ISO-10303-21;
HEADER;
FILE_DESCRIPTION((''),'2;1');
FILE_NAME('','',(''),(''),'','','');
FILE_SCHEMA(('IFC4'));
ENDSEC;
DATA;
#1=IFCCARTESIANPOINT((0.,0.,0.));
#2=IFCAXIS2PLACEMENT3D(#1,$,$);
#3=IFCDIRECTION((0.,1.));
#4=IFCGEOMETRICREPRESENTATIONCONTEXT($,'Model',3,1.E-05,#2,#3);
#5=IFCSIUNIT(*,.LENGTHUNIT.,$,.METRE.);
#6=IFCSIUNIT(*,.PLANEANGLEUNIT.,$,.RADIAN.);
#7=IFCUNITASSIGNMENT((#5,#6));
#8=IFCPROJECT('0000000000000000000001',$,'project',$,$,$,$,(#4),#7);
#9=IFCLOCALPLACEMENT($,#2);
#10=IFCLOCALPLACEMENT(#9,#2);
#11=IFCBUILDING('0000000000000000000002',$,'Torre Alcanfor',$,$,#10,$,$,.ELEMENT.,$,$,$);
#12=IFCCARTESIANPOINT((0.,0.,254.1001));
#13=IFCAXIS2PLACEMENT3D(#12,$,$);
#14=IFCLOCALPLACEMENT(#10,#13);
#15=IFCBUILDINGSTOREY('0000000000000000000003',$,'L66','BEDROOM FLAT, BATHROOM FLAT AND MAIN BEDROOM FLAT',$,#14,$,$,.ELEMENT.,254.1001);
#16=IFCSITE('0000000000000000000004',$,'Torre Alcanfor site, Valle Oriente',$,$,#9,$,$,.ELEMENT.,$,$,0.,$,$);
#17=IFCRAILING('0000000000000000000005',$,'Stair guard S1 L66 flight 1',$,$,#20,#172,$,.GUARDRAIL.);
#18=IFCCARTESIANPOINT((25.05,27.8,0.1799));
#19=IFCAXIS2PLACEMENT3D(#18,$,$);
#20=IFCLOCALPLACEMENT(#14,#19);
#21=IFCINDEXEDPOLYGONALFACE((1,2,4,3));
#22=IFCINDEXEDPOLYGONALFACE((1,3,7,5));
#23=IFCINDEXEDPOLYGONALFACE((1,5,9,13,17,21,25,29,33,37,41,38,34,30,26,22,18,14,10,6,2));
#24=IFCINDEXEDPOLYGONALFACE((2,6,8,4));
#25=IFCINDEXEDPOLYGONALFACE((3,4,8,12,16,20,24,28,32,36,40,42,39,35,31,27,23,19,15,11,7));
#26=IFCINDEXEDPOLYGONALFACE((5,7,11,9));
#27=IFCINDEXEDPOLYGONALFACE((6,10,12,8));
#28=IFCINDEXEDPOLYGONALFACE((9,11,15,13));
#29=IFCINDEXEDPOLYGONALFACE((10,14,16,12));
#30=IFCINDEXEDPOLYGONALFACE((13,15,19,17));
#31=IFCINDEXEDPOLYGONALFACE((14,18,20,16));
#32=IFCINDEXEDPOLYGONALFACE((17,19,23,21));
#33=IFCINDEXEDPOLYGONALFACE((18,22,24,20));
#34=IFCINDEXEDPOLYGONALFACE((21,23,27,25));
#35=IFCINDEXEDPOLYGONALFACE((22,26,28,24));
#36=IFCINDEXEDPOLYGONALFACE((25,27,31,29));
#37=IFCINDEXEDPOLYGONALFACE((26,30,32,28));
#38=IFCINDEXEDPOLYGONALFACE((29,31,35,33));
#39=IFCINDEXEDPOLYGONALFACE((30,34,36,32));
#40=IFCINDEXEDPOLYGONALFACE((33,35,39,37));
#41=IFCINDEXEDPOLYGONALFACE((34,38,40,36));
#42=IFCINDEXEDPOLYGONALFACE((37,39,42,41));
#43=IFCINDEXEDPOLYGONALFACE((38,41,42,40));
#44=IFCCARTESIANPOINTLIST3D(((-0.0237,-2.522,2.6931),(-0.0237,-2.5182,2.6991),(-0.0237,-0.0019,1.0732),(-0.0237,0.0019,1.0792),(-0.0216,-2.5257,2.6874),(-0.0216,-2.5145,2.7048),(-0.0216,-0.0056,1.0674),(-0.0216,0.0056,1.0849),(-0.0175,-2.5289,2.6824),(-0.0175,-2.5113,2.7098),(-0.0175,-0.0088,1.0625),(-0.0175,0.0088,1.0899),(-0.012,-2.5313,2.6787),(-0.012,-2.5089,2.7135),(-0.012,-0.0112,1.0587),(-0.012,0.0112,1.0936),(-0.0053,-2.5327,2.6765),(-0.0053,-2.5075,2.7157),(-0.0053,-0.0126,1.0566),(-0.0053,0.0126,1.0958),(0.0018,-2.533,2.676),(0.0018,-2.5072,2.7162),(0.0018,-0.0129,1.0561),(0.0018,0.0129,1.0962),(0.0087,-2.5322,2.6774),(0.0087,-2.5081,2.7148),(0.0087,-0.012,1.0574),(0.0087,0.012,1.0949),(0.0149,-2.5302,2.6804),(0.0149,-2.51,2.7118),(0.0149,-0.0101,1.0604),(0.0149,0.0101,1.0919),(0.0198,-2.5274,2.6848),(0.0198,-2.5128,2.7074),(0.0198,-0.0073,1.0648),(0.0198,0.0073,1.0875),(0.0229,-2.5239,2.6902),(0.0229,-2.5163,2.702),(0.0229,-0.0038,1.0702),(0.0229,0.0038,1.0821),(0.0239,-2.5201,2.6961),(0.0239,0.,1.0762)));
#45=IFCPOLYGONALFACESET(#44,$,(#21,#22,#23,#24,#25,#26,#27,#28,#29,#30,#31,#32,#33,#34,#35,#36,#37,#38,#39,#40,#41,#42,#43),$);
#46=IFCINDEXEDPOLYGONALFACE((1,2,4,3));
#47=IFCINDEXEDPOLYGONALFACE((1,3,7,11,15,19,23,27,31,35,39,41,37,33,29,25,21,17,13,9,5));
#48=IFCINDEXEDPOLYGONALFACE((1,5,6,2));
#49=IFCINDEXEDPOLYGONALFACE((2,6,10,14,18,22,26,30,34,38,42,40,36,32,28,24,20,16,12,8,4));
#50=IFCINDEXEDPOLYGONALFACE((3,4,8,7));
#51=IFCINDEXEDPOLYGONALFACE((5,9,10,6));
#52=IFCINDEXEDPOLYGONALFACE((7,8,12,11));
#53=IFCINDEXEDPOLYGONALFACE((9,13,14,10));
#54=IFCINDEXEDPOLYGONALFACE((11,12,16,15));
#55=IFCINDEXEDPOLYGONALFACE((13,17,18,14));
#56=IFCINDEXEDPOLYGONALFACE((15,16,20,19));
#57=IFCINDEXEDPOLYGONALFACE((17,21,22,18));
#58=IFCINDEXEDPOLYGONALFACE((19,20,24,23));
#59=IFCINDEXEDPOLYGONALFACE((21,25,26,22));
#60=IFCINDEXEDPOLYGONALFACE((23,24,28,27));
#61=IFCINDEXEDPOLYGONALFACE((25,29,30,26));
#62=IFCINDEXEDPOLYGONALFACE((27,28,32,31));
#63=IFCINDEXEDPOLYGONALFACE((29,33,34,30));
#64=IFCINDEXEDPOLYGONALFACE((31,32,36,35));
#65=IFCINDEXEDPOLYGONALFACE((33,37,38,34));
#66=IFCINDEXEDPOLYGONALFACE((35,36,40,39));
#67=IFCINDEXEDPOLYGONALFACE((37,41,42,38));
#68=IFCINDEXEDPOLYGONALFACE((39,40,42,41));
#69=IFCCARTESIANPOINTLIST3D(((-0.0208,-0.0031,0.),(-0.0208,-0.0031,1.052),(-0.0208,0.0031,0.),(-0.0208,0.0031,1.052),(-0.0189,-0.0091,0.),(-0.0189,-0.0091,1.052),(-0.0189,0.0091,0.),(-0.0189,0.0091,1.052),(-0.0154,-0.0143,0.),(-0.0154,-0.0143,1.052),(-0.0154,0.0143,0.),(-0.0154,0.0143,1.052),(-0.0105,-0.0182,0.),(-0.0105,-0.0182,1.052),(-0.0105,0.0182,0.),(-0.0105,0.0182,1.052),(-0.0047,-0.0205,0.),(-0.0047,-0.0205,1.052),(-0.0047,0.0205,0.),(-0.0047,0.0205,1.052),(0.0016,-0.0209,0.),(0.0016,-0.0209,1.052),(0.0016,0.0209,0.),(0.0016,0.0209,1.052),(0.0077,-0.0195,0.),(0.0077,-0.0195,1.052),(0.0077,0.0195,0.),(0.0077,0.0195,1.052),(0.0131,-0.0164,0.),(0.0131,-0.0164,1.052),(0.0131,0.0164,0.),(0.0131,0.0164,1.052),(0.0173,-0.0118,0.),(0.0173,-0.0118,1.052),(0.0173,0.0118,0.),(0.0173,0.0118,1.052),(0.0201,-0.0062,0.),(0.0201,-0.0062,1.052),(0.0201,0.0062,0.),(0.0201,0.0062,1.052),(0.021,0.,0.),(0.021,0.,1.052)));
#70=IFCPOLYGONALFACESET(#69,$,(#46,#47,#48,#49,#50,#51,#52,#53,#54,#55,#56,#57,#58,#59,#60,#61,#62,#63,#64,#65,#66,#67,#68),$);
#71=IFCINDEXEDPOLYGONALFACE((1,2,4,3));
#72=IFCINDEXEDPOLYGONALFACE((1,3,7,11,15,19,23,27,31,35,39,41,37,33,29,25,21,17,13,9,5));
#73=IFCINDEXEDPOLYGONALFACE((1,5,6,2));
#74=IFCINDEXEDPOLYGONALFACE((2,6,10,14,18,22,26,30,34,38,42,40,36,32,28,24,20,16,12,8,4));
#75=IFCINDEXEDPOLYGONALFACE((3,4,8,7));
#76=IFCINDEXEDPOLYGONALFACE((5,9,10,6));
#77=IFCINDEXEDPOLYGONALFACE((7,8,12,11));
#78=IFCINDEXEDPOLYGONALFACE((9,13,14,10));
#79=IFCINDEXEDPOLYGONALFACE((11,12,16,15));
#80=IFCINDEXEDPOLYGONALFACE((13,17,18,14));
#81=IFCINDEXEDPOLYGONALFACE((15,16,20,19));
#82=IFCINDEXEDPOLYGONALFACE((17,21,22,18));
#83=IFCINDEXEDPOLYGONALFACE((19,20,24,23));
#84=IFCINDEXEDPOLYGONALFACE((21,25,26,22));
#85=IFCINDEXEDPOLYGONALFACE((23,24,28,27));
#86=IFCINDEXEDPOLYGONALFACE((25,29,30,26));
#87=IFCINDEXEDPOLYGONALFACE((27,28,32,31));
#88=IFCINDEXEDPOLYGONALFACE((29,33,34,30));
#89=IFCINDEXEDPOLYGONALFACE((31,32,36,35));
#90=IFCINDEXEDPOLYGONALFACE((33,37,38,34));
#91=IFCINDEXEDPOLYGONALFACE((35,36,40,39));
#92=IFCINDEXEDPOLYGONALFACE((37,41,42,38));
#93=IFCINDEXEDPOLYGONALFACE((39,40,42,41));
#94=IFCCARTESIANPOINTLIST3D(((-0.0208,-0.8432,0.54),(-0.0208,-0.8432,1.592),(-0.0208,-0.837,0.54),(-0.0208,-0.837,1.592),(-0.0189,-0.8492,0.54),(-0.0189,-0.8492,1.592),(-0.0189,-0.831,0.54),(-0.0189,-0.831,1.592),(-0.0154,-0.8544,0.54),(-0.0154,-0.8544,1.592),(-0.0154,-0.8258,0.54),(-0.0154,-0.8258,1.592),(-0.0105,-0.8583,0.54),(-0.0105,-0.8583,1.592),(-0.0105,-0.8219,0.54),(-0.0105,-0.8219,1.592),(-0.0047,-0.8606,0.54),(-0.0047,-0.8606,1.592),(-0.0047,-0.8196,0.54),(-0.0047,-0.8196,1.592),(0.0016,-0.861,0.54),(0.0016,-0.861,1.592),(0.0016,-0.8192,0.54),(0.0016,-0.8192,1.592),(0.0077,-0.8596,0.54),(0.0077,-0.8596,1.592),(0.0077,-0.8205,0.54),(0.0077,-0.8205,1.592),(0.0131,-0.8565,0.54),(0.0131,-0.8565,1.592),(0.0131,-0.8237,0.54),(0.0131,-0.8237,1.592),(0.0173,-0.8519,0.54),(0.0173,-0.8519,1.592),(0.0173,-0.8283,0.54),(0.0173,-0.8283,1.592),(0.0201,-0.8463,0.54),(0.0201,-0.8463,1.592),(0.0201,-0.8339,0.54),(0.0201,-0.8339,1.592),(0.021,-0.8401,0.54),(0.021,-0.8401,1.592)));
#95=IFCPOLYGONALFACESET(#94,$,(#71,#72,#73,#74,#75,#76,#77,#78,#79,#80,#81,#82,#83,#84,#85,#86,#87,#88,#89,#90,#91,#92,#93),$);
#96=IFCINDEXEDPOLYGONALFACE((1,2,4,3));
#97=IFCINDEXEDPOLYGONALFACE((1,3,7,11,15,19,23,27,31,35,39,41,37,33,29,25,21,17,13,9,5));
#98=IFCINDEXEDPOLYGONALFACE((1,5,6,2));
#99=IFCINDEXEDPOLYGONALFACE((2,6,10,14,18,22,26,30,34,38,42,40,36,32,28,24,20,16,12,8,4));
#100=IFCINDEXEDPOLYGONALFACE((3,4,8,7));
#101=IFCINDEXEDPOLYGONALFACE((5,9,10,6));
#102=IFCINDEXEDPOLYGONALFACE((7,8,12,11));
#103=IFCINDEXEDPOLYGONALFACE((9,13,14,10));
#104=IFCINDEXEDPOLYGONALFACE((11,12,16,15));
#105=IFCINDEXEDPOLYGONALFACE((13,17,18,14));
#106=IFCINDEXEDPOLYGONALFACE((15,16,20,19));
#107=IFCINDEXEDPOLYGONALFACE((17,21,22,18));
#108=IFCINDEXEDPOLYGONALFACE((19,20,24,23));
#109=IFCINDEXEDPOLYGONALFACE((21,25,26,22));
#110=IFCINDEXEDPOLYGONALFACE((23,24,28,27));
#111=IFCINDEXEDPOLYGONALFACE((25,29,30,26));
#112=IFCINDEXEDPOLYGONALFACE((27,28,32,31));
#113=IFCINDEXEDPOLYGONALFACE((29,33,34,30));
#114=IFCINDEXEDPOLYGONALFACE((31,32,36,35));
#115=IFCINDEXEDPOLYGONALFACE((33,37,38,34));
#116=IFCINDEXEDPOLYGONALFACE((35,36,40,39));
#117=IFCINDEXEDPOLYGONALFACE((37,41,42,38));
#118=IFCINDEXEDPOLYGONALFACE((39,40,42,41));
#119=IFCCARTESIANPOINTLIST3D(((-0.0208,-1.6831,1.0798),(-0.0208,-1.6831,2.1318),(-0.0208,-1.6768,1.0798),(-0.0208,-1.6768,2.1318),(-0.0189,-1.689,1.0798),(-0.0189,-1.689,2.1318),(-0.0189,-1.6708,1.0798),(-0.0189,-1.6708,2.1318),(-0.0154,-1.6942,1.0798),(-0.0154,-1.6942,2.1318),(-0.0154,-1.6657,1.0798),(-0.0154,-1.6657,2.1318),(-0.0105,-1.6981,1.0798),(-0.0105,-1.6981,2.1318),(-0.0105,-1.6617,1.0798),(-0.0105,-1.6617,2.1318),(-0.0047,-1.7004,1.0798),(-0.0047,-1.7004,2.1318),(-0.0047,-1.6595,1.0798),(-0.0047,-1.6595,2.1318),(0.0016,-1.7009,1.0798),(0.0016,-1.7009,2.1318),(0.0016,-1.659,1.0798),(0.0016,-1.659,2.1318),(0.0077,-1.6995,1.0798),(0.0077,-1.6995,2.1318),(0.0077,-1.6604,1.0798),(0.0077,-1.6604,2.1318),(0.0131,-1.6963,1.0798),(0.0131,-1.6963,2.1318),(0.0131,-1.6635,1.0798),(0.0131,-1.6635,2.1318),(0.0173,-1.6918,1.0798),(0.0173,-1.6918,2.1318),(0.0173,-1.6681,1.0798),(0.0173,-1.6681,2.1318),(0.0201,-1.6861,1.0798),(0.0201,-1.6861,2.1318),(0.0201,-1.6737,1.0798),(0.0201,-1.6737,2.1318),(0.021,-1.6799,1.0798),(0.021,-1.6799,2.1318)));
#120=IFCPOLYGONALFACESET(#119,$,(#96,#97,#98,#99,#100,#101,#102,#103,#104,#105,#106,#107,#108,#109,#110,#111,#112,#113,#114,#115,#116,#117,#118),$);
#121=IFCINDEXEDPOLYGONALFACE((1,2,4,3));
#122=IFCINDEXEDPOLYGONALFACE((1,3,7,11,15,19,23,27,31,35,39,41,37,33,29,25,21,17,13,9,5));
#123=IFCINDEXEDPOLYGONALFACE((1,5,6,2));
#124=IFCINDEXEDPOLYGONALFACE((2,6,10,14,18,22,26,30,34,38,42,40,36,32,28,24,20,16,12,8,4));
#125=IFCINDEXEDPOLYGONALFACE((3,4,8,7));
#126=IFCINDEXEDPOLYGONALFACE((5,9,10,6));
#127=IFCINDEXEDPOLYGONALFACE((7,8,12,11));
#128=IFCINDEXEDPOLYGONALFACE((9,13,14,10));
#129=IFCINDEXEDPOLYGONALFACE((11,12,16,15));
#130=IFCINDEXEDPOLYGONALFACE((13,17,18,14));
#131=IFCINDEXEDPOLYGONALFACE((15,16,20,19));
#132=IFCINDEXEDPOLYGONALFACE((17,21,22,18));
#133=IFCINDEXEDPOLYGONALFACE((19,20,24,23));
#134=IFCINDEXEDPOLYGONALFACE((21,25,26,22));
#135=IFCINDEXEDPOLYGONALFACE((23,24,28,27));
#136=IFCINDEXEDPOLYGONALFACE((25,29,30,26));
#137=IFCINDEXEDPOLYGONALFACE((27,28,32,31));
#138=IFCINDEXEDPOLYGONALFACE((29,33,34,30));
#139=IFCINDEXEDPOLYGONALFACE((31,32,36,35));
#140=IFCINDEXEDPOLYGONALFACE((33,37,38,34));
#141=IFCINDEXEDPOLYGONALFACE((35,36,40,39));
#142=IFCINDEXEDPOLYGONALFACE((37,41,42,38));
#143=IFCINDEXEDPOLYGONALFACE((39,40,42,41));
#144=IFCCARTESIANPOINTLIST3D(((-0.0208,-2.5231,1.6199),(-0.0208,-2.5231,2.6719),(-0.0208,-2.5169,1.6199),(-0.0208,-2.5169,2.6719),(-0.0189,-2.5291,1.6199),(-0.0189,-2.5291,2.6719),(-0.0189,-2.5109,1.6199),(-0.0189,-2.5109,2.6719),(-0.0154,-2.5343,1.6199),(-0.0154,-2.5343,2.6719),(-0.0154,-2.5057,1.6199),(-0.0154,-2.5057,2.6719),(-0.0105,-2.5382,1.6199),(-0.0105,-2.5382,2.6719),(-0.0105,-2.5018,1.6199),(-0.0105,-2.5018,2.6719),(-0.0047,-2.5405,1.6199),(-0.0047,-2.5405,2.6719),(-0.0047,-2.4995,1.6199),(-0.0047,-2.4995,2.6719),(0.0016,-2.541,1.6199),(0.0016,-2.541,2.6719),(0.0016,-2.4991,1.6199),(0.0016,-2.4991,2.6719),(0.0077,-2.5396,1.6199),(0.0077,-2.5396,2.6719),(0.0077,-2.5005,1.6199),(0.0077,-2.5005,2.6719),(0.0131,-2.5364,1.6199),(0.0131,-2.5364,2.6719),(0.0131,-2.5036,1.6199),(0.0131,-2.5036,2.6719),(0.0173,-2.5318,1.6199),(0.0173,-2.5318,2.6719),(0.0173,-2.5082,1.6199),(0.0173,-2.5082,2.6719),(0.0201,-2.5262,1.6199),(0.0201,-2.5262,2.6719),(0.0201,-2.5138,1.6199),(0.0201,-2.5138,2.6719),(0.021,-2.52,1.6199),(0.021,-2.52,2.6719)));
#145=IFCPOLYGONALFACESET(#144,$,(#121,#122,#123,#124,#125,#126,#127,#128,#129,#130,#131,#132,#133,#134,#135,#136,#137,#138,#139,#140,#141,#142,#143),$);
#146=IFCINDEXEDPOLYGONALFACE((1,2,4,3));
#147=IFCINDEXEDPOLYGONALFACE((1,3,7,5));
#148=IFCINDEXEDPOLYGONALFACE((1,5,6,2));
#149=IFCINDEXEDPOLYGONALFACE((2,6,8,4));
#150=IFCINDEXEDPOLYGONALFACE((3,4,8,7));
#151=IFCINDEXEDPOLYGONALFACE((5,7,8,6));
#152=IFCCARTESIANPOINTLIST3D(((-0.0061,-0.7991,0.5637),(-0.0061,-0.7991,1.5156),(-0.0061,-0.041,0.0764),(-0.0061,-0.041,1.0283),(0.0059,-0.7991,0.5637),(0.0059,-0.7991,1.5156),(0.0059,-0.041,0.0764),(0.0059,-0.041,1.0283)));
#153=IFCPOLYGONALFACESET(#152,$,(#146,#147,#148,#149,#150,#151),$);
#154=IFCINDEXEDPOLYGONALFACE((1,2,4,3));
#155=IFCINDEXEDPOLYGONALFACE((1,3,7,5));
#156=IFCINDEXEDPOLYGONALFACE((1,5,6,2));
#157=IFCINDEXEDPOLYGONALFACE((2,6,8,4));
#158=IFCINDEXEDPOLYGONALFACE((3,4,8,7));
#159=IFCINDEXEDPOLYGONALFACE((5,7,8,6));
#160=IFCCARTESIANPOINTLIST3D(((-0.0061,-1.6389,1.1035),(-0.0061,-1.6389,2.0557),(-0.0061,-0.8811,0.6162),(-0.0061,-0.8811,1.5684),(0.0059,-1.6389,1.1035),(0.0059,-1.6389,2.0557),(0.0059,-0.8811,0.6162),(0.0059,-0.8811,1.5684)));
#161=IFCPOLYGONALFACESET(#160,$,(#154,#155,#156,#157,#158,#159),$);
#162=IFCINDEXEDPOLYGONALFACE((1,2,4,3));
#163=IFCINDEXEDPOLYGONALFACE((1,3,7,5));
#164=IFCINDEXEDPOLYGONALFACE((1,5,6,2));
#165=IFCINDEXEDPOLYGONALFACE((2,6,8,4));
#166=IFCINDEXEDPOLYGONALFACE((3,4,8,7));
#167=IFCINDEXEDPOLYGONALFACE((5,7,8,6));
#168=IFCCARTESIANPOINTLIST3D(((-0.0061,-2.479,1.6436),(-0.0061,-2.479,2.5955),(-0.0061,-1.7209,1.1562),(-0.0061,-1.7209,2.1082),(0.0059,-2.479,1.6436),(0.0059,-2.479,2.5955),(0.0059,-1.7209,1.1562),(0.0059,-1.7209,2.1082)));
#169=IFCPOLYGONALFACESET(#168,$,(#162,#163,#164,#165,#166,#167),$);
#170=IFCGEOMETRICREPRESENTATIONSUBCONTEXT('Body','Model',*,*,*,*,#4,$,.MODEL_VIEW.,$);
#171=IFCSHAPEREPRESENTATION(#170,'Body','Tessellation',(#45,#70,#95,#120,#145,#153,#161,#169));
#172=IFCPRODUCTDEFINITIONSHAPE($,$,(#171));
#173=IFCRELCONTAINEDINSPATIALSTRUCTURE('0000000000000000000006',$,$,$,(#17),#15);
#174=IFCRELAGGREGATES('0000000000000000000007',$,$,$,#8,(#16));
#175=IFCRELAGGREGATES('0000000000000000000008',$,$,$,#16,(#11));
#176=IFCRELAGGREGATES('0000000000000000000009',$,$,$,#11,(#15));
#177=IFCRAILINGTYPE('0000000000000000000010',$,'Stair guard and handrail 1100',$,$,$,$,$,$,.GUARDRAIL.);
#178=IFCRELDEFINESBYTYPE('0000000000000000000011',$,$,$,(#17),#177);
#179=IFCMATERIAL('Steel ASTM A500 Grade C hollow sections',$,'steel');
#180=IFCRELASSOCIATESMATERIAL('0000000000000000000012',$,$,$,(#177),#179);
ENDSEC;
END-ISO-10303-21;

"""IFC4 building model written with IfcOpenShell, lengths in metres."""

from ifc_helpers import new_model, si_unit, direction, frame, origin, origin_2d, place, context, subcontext, project, spatial, polyline, circle, outline, extrude, material, type_object, element, save


model = new_model("IFC4")

# Units and contexts
model_context = context("Model", 3, precision=1e-05, world=origin(), true_north=direction((0.0, 1.0)))
body_context = subcontext(model_context, "Body", "Model", "MODEL_VIEW")
ifc_project = project(units=[si_unit("LENGTHUNIT", "METRE"), si_unit("PLANEANGLEUNIT", "RADIAN")], contexts=[model_context])

# Site, building, storey
site_placement = place(None, origin())
site = spatial("IfcSite", under=ifc_project, at=site_placement, Name="Torre Alcanfor site, Valle Oriente", CompositionType="ELEMENT", RefElevation=0.0)
building_placement = place(site_placement, origin())
building = spatial("IfcBuilding", under=site, at=building_placement, Name="Torre Alcanfor", CompositionType="ELEMENT")
storey_placement = place(building_placement, frame((0.0, 0.0, 254.1001)))
storey = spatial("IfcBuildingStorey", under=building, at=storey_placement, Name="L66", Description="BEDROOM FLAT, BATHROOM FLAT AND MAIN BEDROOM FLAT", CompositionType="ELEMENT", Elevation=254.1001)

# Railing
ifc_material_1 = material(Name="Steel ASTM A500 Grade C hollow sections", Category="steel")
railing_type_1 = type_object("IfcRailingType", Name="Stair guard and handrail 1100", PredefinedType="GUARDRAIL", material=ifc_material_1)
railing_1_placement = place(storey_placement, frame((25.05, 27.8, 0.1799)))
element("IfcRailing", 1, at=railing_1_placement, inside=storey, type_object=railing_type_1, Name="Stair guard S1 L66 flight 1", PredefinedType="GUARDRAIL", context=body_context, shape_type="SweptSolid", body=[
    extrude(circle(Radius=0.0239, at=origin_2d()), frame((0.0, 0.0, 1.0762), z_axis=(0.0, -0.8412, 0.540725), x_axis=(1.0, 0.0, 0.0)), (0.0, 0.0, 1.0), 2.9958),
    extrude(circle(Radius=0.021, at=origin_2d()), origin(), (0.0, 0.0, 1.0), 1.052),
    extrude(circle(Radius=0.021, at=origin_2d()), frame((0.0, -0.8401, 0.54)), (0.0, 0.0, 1.0), 1.052),
    extrude(circle(Radius=0.021, at=origin_2d()), frame((0.0, -1.6799, 1.0798)), (0.0, 0.0, 1.0), 1.052),
    extrude(circle(Radius=0.021, at=origin_2d()), frame((0.0, -2.52, 1.6199)), (0.0, 0.0, 1.0), 1.052),
    extrude(outline(polyline([(0.041, 0.0764), (0.7991, 0.5637), (0.7991, 1.5156), (0.041, 1.0283), (0.041, 0.0764)])), frame((0.0059, 0.0, 0.0), z_axis=(-1.0, 0.0, 0.0), x_axis=(0.0, -1.0, 0.0)), (0.0, 0.0, 1.0), 0.012),
    extrude(outline(polyline([(0.8811, 0.6162), (1.6389, 1.1035), (1.6389, 2.0557), (0.8811, 1.5684), (0.8811, 0.6162)])), frame((0.0059, 0.0, 0.0), z_axis=(-1.0, 0.0, 0.0), x_axis=(0.0, -1.0, 0.0)), (0.0, 0.0, 1.0), 0.012),
    extrude(outline(polyline([(1.7209, 1.1562), (2.479, 1.6436), (2.479, 2.5955), (1.7209, 2.1082), (1.7209, 1.1562)])), frame((0.0059, 0.0, 0.0), z_axis=(-1.0, 0.0, 0.0), x_axis=(0.0, -1.0, 0.0)), (0.0, 0.0, 1.0), 0.012),
])

save(model, "model.ifc")
